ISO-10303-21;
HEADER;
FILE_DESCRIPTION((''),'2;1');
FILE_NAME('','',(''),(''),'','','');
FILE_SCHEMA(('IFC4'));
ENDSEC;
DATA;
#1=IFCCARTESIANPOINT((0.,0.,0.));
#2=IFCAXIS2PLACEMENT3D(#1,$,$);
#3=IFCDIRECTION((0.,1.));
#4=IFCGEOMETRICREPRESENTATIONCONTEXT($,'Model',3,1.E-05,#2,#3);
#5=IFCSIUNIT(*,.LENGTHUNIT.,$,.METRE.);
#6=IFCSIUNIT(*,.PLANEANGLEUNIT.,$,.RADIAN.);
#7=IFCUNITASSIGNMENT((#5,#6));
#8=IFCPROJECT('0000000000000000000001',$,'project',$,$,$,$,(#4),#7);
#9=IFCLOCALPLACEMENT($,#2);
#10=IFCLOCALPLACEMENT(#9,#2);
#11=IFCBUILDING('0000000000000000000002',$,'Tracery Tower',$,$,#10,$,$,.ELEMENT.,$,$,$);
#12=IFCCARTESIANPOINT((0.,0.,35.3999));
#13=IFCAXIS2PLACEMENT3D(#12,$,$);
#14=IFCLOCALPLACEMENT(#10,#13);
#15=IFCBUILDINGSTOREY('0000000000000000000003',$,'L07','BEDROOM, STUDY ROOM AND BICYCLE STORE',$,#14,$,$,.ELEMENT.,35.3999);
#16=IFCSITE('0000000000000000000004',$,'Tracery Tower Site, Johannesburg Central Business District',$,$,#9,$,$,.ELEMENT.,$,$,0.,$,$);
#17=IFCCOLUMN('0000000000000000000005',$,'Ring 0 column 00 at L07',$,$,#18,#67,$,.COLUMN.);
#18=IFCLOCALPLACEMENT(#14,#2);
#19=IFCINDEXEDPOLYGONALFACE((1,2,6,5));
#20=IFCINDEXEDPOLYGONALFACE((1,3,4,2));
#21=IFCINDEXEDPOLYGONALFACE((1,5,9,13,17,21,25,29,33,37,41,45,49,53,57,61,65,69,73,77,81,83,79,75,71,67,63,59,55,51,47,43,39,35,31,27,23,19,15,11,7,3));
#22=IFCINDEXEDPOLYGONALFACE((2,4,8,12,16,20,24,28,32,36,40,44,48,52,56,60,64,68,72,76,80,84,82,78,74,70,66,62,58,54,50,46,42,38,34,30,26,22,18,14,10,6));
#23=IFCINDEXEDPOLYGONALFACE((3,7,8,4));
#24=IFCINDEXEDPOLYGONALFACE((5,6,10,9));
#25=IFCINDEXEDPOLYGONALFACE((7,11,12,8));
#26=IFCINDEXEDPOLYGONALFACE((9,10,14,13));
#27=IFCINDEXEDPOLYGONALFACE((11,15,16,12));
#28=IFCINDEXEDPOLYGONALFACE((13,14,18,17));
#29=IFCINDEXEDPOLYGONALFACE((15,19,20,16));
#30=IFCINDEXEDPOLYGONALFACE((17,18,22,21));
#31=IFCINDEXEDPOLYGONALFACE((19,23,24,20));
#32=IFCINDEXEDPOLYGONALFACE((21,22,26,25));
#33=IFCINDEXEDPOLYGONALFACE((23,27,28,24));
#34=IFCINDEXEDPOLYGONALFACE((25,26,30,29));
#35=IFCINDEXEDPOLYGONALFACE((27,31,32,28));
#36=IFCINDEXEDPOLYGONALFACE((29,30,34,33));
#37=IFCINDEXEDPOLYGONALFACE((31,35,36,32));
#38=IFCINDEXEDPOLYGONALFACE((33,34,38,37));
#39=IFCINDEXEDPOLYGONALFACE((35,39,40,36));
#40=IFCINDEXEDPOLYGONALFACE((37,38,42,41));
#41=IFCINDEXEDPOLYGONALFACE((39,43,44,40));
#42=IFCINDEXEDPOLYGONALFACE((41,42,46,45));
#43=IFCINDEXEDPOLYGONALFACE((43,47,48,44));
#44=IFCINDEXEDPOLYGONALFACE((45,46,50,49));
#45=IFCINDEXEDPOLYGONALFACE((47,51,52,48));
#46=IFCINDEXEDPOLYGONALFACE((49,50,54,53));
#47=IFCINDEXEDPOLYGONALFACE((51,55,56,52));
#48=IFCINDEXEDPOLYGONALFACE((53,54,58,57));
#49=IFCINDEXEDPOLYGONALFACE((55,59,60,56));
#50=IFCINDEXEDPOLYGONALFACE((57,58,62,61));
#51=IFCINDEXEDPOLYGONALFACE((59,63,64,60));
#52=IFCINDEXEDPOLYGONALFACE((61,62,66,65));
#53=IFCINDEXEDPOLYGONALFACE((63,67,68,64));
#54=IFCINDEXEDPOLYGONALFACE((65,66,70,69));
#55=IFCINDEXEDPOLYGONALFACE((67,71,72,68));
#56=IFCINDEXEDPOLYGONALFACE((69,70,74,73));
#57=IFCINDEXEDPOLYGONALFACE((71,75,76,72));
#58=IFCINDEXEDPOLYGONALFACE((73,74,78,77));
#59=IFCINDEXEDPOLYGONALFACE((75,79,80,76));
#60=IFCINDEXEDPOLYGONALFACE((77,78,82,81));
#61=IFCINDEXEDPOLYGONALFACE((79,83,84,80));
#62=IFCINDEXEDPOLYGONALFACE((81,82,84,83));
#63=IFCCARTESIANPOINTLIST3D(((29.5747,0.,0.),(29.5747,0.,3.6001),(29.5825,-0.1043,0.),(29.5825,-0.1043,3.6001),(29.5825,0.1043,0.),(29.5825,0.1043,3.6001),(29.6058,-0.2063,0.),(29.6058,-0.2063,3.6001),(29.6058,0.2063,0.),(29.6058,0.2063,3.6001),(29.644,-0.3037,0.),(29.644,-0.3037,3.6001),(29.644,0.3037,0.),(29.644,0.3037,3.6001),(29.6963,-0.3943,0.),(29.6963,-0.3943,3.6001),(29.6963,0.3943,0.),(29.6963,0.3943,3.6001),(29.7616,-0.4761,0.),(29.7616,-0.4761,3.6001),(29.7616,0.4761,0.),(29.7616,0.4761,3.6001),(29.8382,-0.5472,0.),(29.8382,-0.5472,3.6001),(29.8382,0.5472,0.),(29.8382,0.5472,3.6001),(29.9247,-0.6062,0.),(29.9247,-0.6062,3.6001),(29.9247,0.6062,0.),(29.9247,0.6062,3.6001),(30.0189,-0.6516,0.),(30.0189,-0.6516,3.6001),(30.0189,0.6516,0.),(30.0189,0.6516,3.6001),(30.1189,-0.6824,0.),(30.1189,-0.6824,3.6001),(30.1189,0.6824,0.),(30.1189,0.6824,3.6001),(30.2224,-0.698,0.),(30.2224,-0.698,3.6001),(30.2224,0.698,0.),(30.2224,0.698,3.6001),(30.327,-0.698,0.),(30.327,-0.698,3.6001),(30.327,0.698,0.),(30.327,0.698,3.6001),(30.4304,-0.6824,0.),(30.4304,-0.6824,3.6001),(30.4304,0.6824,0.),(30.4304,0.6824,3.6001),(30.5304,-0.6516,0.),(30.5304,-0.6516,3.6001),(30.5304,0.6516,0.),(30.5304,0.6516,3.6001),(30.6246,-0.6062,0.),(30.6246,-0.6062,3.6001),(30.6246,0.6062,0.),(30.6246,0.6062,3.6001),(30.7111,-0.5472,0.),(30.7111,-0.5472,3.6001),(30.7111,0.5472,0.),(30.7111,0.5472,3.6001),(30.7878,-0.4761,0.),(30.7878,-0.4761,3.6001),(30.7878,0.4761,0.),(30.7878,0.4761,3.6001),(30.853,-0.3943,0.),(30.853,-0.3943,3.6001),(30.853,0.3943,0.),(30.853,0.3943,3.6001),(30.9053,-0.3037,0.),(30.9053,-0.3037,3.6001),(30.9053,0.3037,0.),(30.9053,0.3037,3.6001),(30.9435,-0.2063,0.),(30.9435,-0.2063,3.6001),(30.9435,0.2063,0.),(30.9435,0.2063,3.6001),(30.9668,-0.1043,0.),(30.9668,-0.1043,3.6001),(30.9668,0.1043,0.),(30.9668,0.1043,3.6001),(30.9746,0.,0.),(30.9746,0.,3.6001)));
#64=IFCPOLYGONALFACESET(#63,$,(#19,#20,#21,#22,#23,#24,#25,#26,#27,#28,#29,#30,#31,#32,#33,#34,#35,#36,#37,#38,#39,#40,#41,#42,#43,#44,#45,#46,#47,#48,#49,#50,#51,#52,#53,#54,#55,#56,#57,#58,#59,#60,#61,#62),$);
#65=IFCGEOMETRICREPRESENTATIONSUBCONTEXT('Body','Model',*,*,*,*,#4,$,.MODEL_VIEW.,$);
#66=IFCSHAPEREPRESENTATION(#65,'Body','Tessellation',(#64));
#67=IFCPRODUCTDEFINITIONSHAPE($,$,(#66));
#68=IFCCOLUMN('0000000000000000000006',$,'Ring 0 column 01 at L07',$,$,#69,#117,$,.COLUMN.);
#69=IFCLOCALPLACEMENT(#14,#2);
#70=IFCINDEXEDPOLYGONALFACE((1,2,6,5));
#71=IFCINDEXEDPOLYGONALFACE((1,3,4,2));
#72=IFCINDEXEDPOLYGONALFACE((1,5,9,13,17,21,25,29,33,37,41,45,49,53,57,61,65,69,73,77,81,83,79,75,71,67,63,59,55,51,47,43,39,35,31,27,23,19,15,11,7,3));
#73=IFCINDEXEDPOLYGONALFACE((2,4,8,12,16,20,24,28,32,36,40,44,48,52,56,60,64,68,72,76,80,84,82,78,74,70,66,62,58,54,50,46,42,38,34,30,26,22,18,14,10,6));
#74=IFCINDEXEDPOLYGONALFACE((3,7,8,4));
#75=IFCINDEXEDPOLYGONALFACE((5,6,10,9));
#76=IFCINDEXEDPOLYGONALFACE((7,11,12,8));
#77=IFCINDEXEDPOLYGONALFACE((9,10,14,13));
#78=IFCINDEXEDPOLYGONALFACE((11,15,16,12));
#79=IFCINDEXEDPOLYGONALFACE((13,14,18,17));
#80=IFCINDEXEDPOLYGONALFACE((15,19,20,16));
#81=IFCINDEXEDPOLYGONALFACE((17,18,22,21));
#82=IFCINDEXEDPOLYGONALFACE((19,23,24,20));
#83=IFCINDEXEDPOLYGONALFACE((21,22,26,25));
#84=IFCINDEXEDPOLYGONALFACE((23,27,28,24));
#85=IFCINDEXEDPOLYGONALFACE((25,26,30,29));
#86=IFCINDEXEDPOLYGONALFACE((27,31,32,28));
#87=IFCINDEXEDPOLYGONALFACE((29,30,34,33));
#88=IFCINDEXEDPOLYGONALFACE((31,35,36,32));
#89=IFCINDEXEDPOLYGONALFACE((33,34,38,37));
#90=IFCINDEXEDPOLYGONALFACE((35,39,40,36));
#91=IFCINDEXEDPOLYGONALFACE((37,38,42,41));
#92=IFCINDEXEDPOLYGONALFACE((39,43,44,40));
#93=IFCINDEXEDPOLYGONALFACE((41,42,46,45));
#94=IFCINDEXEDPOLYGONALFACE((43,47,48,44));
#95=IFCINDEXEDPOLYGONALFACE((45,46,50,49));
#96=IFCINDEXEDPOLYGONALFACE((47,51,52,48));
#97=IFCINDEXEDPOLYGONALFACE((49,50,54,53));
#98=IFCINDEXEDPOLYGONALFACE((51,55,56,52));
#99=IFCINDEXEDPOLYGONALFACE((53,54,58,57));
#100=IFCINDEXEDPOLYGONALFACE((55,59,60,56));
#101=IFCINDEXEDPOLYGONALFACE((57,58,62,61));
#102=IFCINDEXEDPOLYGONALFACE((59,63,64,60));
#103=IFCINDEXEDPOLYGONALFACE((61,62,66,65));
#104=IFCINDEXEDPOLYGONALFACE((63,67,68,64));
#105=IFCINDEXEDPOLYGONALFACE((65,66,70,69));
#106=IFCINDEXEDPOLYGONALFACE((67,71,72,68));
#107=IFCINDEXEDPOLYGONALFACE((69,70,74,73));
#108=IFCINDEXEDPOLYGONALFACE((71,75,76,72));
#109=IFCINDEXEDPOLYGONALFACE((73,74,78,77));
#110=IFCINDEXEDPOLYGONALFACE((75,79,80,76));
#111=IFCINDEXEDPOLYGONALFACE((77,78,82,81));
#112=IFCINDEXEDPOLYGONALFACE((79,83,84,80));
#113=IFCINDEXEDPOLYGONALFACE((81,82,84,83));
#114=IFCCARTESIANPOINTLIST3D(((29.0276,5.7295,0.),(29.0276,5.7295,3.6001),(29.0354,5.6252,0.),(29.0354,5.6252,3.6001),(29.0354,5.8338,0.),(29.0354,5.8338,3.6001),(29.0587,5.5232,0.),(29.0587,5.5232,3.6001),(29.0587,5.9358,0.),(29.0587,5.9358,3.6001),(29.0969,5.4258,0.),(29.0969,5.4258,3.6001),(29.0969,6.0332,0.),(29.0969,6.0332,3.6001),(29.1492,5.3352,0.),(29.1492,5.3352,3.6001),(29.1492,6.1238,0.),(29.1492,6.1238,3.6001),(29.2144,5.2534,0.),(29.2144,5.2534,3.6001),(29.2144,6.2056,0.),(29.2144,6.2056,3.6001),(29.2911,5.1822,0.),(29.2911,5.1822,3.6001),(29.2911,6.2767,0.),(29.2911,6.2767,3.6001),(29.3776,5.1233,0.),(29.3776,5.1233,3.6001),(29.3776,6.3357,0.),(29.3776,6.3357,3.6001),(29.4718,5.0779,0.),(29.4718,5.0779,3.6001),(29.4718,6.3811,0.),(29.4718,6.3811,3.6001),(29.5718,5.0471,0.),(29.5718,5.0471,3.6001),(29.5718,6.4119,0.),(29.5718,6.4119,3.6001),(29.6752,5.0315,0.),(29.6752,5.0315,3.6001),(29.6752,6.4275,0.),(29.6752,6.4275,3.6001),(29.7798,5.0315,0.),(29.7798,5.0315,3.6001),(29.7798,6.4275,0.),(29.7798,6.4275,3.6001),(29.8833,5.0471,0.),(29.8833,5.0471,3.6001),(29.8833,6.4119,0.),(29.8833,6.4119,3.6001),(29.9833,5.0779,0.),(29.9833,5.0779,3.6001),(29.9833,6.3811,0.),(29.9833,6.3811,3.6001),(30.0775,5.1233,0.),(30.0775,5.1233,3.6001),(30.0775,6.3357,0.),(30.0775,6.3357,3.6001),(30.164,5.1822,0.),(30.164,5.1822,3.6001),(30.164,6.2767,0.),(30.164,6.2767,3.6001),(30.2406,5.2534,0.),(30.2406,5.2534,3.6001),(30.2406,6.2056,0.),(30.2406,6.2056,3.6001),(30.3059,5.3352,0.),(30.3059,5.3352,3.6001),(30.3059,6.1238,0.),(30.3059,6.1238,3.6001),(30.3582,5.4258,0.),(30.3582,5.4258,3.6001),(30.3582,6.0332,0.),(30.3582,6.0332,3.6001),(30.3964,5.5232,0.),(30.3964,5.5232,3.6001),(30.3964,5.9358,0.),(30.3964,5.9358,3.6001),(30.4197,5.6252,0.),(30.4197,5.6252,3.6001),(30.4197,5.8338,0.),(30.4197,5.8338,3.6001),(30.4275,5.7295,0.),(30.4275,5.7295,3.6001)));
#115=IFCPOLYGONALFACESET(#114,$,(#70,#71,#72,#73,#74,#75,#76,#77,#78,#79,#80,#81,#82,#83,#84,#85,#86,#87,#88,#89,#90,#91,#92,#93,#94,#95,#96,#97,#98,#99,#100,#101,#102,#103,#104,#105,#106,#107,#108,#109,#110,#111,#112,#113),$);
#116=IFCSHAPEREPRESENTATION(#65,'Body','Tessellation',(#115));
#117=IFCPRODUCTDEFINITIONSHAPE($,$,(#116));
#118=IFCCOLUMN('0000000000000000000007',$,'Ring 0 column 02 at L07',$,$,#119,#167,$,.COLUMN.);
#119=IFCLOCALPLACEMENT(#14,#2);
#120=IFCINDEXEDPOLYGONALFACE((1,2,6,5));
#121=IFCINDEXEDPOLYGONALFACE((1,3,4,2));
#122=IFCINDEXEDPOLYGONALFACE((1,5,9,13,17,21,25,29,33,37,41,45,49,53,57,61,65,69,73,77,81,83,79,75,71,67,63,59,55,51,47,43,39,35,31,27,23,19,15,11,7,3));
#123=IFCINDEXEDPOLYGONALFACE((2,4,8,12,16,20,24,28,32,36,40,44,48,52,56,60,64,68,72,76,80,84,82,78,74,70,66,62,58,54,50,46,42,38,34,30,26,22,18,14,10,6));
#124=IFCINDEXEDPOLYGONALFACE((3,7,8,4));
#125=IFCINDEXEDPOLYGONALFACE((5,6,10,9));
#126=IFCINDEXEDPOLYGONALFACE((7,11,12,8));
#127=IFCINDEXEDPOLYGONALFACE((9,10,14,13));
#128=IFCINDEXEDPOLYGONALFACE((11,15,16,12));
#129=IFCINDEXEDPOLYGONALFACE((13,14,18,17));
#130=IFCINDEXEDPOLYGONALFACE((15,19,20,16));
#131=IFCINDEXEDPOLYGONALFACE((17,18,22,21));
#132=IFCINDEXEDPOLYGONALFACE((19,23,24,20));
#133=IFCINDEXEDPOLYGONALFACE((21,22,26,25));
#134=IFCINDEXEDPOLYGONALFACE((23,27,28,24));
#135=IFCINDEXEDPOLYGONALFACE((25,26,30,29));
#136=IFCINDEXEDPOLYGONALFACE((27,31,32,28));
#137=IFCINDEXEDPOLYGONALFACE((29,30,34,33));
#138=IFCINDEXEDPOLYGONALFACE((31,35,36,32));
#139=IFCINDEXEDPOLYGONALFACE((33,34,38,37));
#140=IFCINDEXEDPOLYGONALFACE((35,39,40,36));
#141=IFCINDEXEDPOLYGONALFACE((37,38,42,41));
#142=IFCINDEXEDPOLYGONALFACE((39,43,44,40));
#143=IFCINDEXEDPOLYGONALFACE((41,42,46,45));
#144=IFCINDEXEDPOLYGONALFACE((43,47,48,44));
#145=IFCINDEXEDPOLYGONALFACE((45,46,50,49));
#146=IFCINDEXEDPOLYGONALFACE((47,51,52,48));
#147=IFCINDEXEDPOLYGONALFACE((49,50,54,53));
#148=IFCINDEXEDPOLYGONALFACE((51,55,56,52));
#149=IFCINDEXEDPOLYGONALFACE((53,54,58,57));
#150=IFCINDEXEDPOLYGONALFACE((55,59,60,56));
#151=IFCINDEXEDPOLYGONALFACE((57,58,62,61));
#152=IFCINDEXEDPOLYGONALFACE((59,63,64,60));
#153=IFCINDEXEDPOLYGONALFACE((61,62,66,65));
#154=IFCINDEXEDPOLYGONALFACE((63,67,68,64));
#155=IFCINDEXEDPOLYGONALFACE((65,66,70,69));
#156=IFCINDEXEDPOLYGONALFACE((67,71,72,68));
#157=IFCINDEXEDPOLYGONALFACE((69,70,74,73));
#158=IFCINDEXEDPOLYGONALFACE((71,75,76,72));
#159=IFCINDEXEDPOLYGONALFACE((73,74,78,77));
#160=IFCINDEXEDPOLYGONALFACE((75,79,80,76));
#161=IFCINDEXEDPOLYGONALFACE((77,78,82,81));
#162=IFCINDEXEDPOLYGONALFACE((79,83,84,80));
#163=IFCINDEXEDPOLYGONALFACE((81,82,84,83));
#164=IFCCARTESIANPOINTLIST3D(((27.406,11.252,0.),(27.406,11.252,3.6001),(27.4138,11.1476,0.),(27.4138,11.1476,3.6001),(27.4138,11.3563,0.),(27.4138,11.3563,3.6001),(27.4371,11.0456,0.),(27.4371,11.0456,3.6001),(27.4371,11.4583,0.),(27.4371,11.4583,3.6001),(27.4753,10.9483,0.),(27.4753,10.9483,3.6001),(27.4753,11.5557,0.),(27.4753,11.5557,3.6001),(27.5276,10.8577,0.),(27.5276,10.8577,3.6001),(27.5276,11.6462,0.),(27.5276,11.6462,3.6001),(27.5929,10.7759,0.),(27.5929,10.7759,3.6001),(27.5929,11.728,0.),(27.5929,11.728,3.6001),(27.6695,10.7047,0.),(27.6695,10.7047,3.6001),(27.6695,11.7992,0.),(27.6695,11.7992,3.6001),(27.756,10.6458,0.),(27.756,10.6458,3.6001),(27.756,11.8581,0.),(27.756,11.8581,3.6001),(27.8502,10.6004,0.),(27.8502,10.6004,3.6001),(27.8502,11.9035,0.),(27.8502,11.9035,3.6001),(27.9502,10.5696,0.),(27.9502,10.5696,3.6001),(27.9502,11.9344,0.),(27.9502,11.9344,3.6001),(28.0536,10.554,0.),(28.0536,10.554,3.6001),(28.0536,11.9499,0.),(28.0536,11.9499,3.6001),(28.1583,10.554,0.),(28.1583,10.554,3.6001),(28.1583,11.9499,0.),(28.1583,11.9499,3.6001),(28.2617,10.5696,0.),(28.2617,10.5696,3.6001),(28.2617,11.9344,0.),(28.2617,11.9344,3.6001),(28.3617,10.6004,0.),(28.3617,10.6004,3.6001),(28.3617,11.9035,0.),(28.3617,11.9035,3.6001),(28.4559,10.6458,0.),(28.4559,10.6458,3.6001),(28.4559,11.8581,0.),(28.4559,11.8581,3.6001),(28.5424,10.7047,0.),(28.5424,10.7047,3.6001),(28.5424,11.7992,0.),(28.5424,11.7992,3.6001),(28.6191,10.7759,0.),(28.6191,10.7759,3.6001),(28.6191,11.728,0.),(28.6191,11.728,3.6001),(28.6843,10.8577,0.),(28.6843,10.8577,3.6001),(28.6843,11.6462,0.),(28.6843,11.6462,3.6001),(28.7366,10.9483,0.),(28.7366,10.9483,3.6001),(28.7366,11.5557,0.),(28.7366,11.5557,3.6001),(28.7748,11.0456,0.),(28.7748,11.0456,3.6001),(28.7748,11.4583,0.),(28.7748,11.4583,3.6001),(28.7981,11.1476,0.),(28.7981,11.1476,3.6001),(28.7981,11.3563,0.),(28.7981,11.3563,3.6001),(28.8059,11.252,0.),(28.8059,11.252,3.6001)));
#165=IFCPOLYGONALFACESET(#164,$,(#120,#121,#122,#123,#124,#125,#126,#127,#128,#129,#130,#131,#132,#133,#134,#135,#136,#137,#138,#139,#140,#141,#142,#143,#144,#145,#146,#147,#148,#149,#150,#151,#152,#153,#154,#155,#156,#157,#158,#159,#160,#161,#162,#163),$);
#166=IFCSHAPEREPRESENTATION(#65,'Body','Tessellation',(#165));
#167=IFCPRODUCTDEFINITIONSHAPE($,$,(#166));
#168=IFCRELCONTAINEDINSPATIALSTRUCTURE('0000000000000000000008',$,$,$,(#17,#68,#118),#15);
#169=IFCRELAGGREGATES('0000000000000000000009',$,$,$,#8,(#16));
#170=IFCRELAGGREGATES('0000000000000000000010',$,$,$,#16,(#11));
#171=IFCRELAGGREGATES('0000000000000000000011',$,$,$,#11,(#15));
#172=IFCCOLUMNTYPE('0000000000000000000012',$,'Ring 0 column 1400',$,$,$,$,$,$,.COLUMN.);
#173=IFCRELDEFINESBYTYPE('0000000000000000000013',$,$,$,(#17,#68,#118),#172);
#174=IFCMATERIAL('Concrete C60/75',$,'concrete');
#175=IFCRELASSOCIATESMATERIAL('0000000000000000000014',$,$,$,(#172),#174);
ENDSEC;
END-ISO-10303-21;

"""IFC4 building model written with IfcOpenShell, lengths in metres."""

from ifc_helpers import new_model, si_unit, direction, frame, origin, origin_2d, place, context, subcontext, project, spatial, circle, extrude, material, material_profile, profile_set, type_object, element, save


model = new_model("IFC4")

# Units and contexts
model_context = context("Model", 3, precision=1e-05, world=origin(), true_north=direction((0.0, 1.0)))
body_context = subcontext(model_context, "Body", "Model", "MODEL_VIEW")
ifc_project = project(units=[si_unit("LENGTHUNIT", "METRE"), si_unit("PLANEANGLEUNIT", "RADIAN")], contexts=[model_context])

# Site, building, storey
site_placement = place(None, origin())
site = spatial("IfcSite", under=ifc_project, at=site_placement, Name="Tracery Tower Site, Johannesburg Central Business District", CompositionType="ELEMENT", RefElevation=0.0)
building_placement = place(site_placement, origin())
building = spatial("IfcBuilding", under=site, at=building_placement, Name="Tracery Tower", CompositionType="ELEMENT")
storey_placement = place(building_placement, frame((0.0, 0.0, 35.3999)))
storey = spatial("IfcBuildingStorey", under=building, at=storey_placement, Name="L07", Description="BEDROOM, STUDY ROOM AND BICYCLE STORE", CompositionType="ELEMENT", Elevation=35.3999)

# Columns
ifc_material_1 = material(Name="Concrete C60/75", Category="concrete")
ifc_material_profile_1 = material_profile(ifc_material_1, circle(Radius=0.7, at=origin_2d()), Name="RC D1400")
ifc_profile_set_1 = profile_set([ifc_material_profile_1], Name="Concrete C60/75")
column_type_1 = type_object("IfcColumnType", Name="Ring 0 column 1400", PredefinedType="COLUMN", material=ifc_profile_set_1)
for number, where, z_axis, x_axis, name in (
    (1, (30.2747, 0.0, 0.0), (0.0, 0.0, 1.0), (1.0, 0.0, 0.0), "Ring 0 column 00 at L07"),
    (2, (29.7275, 5.7295, 0.0), (0.0, 0.0, 1.0), (1.0, 0.0, 0.0), "Ring 0 column 01 at L07"),
    (3, (28.106, 11.252, 0.0), (0.0, 0.0, 1.0), (1.0, 0.0, 0.0), "Ring 0 column 02 at L07"),
):
    element("IfcColumn", number, at=place(storey_placement, frame(where, z_axis=z_axis, x_axis=x_axis)), inside=storey, type_object=column_type_1, Name=name, PredefinedType="COLUMN", context=body_context, shape_type="SweptSolid", body=[
        extrude(circle(Radius=0.7, at=origin_2d()), origin(), (0.0, 0.0, 1.0), 3.6001),
    ])

save(model, "model.ifc")
